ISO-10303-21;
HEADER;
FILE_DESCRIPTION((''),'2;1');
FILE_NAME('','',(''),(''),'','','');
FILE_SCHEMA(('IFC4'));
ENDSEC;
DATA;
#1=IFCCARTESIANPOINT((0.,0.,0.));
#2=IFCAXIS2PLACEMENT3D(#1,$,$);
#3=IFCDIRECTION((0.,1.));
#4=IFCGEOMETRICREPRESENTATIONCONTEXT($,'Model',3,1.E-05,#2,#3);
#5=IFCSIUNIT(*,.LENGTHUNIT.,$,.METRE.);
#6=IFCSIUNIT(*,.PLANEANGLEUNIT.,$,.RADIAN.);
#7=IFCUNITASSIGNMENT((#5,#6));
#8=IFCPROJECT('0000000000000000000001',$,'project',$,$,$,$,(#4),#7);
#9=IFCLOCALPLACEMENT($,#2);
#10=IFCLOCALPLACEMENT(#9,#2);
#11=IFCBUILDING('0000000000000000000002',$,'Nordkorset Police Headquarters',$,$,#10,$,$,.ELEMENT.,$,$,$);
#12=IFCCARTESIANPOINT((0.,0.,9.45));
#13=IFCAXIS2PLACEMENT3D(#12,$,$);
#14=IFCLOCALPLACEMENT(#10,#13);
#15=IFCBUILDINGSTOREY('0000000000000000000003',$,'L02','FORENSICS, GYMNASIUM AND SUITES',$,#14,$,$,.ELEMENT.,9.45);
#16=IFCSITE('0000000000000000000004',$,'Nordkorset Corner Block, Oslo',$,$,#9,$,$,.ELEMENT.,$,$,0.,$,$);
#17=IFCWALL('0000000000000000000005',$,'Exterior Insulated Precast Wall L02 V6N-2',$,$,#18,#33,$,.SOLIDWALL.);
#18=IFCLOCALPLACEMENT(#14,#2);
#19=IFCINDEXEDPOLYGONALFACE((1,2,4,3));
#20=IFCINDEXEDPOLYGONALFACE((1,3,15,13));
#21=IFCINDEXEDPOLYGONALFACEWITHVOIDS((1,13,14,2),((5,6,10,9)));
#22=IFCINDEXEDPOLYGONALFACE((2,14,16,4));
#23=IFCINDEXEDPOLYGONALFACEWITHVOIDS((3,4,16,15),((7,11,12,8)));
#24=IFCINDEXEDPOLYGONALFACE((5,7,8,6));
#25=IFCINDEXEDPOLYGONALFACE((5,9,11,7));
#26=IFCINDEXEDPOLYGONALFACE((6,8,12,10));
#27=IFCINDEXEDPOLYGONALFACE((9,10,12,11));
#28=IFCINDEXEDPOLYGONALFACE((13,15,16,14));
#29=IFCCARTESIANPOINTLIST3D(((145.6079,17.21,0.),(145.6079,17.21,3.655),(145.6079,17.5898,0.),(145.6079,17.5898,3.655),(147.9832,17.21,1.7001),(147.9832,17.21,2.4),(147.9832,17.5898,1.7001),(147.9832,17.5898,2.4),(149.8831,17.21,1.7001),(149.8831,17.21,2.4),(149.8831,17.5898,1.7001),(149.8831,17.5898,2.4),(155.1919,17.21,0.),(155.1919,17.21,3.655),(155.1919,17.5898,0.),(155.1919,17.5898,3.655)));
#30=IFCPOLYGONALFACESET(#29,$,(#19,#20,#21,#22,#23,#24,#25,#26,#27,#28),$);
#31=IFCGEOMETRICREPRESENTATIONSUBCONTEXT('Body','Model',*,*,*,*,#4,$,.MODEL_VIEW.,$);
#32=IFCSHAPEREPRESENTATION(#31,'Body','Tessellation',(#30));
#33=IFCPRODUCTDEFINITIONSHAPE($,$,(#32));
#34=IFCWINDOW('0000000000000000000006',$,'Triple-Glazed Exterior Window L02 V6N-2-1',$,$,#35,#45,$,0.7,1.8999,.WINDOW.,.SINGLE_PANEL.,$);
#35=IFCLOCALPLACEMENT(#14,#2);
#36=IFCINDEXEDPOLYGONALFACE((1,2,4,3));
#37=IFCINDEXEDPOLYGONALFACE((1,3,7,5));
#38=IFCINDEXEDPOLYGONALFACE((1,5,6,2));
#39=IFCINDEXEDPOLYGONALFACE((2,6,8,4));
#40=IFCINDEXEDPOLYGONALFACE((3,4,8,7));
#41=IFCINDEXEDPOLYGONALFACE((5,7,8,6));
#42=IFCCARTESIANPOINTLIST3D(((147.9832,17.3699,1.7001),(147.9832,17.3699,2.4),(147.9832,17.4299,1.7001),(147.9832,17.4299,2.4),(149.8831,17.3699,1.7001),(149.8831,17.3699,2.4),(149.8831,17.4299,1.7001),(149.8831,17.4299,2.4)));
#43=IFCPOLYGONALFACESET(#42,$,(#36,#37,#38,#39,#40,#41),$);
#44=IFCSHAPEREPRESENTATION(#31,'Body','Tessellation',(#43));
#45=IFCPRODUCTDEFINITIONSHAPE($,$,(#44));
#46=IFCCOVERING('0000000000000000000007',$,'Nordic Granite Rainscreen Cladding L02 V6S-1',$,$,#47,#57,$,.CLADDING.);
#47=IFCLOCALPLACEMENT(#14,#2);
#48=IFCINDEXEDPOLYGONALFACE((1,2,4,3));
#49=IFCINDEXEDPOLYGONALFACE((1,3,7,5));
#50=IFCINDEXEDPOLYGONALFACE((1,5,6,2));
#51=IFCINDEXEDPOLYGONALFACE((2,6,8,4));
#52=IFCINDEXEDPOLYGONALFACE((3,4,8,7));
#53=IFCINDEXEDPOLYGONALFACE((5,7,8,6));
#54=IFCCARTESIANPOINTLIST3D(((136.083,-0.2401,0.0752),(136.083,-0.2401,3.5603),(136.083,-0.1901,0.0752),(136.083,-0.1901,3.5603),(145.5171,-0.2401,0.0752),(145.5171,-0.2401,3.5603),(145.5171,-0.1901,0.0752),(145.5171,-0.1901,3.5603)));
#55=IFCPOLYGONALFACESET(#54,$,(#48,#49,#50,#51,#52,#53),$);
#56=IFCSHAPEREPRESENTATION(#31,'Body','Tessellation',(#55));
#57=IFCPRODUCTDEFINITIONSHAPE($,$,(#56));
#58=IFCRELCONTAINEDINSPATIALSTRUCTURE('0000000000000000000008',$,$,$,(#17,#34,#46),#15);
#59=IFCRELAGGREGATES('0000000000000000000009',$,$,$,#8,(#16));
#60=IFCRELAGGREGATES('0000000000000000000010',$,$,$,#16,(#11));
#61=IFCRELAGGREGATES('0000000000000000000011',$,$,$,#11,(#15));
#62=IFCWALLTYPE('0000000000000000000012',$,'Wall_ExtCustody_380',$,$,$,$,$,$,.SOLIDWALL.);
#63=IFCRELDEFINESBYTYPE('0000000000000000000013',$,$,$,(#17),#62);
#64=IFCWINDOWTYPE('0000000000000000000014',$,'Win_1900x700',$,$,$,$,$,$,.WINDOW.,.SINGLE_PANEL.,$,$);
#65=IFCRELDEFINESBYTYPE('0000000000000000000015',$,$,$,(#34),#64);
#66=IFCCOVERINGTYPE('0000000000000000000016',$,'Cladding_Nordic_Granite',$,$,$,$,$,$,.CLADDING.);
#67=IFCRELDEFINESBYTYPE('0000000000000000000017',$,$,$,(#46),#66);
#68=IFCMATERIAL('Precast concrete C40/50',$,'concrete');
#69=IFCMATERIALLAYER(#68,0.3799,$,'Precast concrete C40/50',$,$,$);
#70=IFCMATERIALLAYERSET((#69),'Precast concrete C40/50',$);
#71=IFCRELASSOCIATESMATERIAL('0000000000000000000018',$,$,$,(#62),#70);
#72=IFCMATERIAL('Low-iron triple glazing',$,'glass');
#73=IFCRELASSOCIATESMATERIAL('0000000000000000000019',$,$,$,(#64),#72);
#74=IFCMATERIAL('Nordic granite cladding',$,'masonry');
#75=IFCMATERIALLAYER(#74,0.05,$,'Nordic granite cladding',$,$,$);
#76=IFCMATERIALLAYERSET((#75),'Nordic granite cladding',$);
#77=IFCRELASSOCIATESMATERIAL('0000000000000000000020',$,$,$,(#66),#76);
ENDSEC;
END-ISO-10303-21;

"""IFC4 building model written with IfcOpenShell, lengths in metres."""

from ifc_helpers import new_model, si_unit, direction, frame, frame_2d, origin, origin_2d, place, context, subcontext, project, spatial, rectangle, extrude, material, layer, layer_set, type_object, element, fill, save


model = new_model("IFC4")

# Units and contexts
model_context = context("Model", 3, precision=1e-05, world=origin(), true_north=direction((0.0, 1.0)))
body_context = subcontext(model_context, "Body", "Model", "MODEL_VIEW")
ifc_project = project(units=[si_unit("LENGTHUNIT", "METRE"), si_unit("PLANEANGLEUNIT", "RADIAN")], contexts=[model_context])

# Site, building, storey
site_placement = place(None, origin())
site = spatial("IfcSite", under=ifc_project, at=site_placement, Name="Nordkorset Corner Block, Oslo", CompositionType="ELEMENT", RefElevation=0.0)
building_placement = place(site_placement, origin())
building = spatial("IfcBuilding", under=site, at=building_placement, Name="Nordkorset Police Headquarters", CompositionType="ELEMENT")
storey_placement = place(building_placement, frame((0.0, 0.0, 9.45)))
storey = spatial("IfcBuildingStorey", under=building, at=storey_placement, Name="L02", Description="FORENSICS, GYMNASIUM AND SUITES", CompositionType="ELEMENT", Elevation=9.45)

# Shared definitions
ifc_material_1 = material(Name="Precast concrete C40/50", Category="concrete")
ifc_layer_1 = layer(ifc_material_1, 0.3799, Name="Precast concrete C40/50")
ifc_layer_set_1 = layer_set([ifc_layer_1], Name="Precast concrete C40/50")
wall_type_1 = type_object("IfcWallType", Name="Wall_ExtCustody_380", PredefinedType="SOLIDWALL", material=ifc_layer_set_1)

# Wall, opening, window
wall_1_placement = place(storey_placement, frame((145.6079, 17.3999, 0.0), z_axis=(0.0, 0.0, 1.0), x_axis=(1.0, 0.0, 0.0)))
wall_1 = element("IfcWall", 1, at=wall_1_placement, inside=storey, type_object=wall_type_1, Name="Exterior Insulated Precast Wall L02 V6N-2", PredefinedType="SOLIDWALL", context=body_context, shape_type="SweptSolid", body=[
    extrude(rectangle(XDim=9.584, YDim=0.3799, at=frame_2d((4.792, 0.0))), origin(), (0.0, 0.0, 1.0), 3.655),
])
opening_1_placement = place(wall_1_placement, frame((2.3752, 0.0, 1.7)))
opening_1 = element("IfcOpeningElement", 2, at=opening_1_placement, cuts=wall_1, PredefinedType="OPENING", context=body_context, shape_type="SweptSolid", body=[
    extrude(rectangle(XDim=1.8999, YDim=0.7, at=frame_2d((0.95, 0.3501))), frame((0.0, 0.2, 0.0), z_axis=(0.0, -1.0, 0.0), x_axis=(1.0, 0.0, 0.0)), (0.0, 0.0, 1.0), 0.3999),
])
ifc_material_2 = material(Name="Low-iron triple glazing", Category="glass")
window_type_1 = type_object("IfcWindowType", Name="Win_1900x700", PartitioningType="SINGLE_PANEL", PredefinedType="WINDOW", material=ifc_material_2)
window_1_placement = place(opening_1_placement, origin())
window_1 = element("IfcWindow", 3, at=window_1_placement, inside=storey, type_object=window_type_1, Name="Triple-Glazed Exterior Window L02 V6N-2-1", OverallHeight=0.7, OverallWidth=1.8999, PartitioningType="SINGLE_PANEL", PredefinedType="WINDOW", context=body_context, shape_type="SweptSolid", body=[
    extrude(rectangle(XDim=1.8999, YDim=0.7, at=frame_2d((0.95, 0.3501))), frame((0.0, 0.03, 0.0), z_axis=(0.0, -1.0, 0.0), x_axis=(1.0, 0.0, 0.0)), (0.0, 0.0, 1.0), 0.0601),
])
fill(opening_1, window_1)

# Covering
ifc_material_3 = material(Name="Nordic granite cladding", Category="masonry")
ifc_layer_2 = layer(ifc_material_3, 0.05, Name="Nordic granite cladding")
ifc_layer_set_2 = layer_set([ifc_layer_2], Name="Nordic granite cladding")
covering_type = type_object("IfcCoveringType", Name="Cladding_Nordic_Granite", PredefinedType="CLADDING", material=ifc_layer_set_2)
covering_placement = place(storey_placement, frame((140.8, -0.2151, 0.0752), z_axis=(0.0, 0.0, 1.0), x_axis=(1.0, 0.0, 0.0)))
element("IfcCovering", 4, at=covering_placement, inside=storey, type_object=covering_type, Name="Nordic Granite Rainscreen Cladding L02 V6S-1", PredefinedType="CLADDING", context=body_context, shape_type="SweptSolid", body=[
    extrude(rectangle(XDim=9.4341, YDim=0.05, at=origin_2d()), origin(), (0.0, 0.0, 1.0), 3.4851),
])

save(model, "model.ifc")
